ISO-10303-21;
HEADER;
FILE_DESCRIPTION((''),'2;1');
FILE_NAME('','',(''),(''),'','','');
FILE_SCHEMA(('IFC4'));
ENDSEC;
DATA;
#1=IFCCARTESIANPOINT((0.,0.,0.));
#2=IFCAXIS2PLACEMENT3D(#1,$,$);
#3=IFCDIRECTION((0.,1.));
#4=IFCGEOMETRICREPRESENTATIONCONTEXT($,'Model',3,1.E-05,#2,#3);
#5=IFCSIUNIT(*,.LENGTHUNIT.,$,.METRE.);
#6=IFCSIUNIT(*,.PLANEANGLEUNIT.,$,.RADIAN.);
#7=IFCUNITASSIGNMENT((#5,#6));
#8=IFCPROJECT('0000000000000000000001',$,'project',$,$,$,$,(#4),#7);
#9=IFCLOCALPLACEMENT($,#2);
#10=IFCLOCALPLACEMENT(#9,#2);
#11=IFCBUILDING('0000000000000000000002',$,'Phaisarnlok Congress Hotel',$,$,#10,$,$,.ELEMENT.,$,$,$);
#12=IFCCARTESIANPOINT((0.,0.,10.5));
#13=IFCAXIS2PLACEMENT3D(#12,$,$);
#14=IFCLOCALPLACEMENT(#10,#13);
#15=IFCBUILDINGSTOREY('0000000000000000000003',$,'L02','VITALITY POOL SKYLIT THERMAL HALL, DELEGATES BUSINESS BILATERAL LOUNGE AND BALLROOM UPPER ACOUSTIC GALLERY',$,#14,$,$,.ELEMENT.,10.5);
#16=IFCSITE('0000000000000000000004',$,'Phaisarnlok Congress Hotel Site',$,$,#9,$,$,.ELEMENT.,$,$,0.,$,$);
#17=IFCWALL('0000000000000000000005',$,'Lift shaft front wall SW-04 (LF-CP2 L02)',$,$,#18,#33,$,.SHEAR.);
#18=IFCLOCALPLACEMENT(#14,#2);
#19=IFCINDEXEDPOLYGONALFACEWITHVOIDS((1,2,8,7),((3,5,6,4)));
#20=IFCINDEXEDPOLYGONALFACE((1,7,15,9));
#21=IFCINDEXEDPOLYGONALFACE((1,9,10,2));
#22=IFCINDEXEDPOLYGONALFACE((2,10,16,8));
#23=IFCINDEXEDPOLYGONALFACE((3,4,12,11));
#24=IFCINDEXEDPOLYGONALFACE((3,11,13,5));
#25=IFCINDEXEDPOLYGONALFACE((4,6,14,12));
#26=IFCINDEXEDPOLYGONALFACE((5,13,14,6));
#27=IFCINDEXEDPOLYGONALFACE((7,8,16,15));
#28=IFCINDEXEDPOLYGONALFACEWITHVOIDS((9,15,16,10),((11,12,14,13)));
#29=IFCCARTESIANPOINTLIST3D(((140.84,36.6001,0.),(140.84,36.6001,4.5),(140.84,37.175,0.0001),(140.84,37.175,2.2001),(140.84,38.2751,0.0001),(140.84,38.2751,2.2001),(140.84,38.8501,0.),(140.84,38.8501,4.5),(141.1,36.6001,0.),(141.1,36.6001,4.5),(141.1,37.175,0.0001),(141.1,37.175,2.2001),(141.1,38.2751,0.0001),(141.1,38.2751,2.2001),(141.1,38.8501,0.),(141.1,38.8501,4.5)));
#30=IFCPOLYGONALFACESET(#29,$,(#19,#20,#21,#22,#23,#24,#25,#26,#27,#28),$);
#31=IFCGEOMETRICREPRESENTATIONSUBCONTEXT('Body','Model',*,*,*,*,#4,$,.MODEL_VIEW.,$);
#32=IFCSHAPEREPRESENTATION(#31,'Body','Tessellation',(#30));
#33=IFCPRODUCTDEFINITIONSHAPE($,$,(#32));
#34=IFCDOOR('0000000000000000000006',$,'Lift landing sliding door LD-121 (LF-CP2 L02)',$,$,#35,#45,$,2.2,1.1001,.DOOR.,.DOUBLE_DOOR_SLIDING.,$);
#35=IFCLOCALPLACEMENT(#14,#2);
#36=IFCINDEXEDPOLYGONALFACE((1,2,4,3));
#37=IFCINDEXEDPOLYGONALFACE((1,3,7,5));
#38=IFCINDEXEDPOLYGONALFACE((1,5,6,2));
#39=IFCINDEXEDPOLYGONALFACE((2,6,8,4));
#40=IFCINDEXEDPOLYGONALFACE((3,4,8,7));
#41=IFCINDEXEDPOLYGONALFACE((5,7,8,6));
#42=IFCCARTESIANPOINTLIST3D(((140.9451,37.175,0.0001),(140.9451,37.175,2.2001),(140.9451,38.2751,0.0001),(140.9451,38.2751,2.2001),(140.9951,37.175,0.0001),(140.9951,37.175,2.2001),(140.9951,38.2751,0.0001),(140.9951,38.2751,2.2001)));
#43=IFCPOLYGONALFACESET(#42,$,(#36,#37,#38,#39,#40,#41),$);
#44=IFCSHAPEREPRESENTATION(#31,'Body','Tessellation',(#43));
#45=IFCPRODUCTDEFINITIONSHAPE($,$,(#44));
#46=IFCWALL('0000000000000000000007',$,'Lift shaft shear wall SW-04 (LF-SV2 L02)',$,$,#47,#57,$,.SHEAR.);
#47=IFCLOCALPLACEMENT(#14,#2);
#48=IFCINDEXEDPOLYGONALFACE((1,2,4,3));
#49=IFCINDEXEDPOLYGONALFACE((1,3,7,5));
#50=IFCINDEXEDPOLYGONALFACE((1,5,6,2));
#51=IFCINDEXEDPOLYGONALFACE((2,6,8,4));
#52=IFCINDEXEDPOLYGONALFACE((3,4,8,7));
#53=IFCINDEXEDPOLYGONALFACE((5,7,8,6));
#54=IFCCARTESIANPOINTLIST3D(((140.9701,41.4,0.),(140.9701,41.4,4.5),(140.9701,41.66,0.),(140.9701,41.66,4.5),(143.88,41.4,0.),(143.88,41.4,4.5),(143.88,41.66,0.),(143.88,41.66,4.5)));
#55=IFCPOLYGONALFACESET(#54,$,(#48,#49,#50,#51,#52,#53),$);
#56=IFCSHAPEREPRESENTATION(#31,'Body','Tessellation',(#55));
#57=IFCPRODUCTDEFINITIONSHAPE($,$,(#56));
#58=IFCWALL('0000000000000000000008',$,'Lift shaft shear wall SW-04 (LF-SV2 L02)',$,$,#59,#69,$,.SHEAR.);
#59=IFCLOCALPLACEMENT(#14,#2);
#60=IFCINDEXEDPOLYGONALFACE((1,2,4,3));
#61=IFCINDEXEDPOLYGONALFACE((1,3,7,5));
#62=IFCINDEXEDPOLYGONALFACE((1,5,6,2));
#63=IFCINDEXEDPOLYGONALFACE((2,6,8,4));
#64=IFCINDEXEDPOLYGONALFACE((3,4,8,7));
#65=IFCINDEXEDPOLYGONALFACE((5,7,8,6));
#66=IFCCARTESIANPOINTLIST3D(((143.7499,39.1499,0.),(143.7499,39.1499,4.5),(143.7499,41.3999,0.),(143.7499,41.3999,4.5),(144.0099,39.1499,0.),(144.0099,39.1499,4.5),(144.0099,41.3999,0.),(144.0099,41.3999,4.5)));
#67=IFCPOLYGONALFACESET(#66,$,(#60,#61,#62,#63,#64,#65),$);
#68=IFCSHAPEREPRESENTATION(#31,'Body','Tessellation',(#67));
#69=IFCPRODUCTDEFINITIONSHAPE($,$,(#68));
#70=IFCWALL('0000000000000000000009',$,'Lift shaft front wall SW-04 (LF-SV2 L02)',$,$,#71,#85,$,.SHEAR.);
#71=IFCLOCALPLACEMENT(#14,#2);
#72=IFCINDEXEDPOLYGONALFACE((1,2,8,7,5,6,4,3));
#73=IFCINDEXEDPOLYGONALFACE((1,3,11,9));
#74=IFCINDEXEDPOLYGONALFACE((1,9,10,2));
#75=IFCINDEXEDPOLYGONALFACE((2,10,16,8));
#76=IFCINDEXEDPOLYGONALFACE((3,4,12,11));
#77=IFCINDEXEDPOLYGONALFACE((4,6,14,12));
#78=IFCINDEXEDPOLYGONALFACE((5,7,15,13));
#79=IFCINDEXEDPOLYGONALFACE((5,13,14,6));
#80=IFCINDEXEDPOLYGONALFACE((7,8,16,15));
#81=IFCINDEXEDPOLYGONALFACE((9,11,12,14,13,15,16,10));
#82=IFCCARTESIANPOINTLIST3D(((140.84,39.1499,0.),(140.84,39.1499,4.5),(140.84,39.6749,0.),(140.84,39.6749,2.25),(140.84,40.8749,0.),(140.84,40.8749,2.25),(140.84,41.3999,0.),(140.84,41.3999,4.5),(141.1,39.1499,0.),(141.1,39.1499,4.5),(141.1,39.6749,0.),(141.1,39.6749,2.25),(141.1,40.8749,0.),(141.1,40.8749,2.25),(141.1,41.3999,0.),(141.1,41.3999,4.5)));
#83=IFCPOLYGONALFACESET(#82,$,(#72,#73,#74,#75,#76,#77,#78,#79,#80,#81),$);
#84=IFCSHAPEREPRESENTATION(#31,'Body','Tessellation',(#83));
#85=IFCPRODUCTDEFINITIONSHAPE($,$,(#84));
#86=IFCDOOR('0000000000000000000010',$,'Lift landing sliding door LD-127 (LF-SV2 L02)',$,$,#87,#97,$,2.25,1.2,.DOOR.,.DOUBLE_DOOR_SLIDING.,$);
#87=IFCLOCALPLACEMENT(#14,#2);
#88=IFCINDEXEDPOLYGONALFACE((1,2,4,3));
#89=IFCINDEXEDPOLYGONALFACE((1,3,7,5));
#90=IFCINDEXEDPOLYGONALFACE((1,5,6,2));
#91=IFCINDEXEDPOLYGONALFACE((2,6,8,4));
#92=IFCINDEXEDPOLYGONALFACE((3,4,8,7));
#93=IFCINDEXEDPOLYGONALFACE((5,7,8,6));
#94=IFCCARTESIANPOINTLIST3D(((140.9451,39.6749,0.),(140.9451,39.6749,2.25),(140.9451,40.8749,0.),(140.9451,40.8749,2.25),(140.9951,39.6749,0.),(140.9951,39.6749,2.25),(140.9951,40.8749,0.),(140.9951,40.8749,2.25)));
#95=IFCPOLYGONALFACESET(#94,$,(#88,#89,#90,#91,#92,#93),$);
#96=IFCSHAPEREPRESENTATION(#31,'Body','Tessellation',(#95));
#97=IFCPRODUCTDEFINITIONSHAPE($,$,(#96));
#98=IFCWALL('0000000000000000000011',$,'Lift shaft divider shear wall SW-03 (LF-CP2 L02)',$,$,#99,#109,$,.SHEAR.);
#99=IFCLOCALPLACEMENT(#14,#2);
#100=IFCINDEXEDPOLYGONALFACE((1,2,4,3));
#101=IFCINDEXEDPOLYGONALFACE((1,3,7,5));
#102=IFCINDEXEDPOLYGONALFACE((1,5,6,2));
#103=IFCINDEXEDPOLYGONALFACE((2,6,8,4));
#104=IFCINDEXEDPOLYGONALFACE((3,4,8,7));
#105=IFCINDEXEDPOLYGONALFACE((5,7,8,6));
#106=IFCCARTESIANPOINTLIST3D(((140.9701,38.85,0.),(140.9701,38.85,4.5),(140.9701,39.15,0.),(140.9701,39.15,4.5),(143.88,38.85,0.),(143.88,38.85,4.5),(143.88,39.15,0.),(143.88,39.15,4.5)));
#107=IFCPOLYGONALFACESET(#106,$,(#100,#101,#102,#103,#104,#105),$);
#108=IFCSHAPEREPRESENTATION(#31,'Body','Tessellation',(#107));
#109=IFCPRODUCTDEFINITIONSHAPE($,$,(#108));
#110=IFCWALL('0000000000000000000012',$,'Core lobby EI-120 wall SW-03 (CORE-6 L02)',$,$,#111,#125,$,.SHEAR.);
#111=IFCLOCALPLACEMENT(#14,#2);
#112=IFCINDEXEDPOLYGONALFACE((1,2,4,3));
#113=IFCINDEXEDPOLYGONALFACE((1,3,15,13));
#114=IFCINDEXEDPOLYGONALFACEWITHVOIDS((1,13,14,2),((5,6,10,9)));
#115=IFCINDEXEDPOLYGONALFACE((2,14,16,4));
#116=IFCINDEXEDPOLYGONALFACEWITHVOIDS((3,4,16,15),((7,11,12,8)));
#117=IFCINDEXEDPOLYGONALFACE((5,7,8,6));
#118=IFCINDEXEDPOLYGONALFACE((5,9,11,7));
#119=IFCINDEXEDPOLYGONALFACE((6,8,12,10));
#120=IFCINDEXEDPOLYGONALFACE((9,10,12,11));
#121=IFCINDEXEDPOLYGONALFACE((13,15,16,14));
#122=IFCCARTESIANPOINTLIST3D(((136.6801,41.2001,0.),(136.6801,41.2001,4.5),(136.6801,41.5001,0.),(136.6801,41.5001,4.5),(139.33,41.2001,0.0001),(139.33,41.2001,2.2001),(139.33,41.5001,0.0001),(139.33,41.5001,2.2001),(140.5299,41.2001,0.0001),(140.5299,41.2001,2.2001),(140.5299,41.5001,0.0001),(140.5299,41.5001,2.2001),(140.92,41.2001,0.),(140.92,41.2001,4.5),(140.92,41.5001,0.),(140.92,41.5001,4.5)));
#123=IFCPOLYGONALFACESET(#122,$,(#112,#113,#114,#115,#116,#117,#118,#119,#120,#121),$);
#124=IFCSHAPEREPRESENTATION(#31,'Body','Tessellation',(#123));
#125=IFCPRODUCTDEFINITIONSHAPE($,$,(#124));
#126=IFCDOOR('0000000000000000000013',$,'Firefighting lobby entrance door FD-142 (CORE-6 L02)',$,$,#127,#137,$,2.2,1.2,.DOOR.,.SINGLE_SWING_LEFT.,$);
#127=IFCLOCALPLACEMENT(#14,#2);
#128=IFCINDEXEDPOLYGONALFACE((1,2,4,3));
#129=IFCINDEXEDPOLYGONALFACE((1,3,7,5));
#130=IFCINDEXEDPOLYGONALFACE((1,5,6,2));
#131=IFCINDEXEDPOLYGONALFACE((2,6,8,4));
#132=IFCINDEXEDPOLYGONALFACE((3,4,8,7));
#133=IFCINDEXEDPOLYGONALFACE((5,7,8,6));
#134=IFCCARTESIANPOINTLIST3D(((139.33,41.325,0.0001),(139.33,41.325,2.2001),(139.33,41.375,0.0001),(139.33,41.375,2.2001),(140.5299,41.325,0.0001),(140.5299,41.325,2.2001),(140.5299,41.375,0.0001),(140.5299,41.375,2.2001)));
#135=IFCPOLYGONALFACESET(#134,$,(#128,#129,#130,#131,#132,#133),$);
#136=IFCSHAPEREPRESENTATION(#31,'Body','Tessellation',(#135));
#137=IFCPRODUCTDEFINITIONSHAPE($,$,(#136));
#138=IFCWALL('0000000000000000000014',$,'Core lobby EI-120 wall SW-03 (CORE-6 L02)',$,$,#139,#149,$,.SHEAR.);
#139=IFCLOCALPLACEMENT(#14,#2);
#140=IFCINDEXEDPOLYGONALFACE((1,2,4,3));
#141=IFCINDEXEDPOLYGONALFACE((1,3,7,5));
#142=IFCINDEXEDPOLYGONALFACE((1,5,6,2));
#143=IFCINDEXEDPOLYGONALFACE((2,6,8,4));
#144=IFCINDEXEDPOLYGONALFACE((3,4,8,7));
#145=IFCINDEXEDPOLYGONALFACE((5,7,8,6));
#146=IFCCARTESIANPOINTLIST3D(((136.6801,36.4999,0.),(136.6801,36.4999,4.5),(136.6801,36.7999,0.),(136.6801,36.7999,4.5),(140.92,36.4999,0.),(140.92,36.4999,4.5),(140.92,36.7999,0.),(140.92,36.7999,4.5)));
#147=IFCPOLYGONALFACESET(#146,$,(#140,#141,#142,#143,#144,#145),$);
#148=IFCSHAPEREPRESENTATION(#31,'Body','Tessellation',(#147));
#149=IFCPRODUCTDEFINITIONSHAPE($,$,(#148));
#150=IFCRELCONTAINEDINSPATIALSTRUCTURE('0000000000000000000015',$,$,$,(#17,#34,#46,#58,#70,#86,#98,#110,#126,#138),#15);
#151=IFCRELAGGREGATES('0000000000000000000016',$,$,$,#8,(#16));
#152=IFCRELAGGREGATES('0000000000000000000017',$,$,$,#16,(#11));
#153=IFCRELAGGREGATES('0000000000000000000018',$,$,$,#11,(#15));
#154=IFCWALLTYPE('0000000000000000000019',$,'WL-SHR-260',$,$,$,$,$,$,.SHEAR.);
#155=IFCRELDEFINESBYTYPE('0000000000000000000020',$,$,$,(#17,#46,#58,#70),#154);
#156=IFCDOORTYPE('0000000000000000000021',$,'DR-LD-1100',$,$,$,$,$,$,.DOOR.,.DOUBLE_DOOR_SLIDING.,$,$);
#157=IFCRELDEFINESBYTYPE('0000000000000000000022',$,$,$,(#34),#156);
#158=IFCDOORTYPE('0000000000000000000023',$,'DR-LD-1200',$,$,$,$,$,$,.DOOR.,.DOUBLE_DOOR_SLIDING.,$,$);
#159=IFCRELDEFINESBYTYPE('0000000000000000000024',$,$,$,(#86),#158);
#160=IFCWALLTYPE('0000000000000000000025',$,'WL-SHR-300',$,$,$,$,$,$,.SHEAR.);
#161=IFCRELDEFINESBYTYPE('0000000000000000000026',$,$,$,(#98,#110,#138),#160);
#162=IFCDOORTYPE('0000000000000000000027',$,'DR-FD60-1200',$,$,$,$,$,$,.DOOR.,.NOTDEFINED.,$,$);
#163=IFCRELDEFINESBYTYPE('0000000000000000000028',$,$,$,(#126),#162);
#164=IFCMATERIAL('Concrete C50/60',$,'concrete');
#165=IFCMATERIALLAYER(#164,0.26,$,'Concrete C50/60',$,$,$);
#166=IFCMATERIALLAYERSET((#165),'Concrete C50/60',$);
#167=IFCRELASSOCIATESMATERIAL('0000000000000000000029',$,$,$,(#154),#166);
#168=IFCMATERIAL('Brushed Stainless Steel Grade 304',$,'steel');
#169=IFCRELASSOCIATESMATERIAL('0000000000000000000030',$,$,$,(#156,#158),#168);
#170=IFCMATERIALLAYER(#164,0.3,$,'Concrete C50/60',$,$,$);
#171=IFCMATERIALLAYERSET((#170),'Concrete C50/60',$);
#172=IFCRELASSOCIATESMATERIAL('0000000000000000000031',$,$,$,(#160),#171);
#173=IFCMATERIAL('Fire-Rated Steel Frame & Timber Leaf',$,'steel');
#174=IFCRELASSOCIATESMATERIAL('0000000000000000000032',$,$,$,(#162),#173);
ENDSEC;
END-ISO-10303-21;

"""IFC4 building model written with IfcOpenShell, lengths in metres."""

from ifc_helpers import new_model, si_unit, direction, frame, frame_2d, origin, place, context, subcontext, project, spatial, rectangle, extrude, material, layer, layer_set, type_object, element, fill, save


model = new_model("IFC4")

# Units and contexts
model_context = context("Model", 3, precision=1e-05, world=origin(), true_north=direction((0.0, 1.0)))
body_context = subcontext(model_context, "Body", "Model", "MODEL_VIEW")
ifc_project = project(units=[si_unit("LENGTHUNIT", "METRE"), si_unit("PLANEANGLEUNIT", "RADIAN")], contexts=[model_context])

# Site, building, storey
site_placement = place(None, origin())
site = spatial("IfcSite", under=ifc_project, at=site_placement, Name="Phaisarnlok Congress Hotel Site", CompositionType="ELEMENT", RefElevation=0.0)
building_placement = place(site_placement, origin())
building = spatial("IfcBuilding", under=site, at=building_placement, Name="Phaisarnlok Congress Hotel", CompositionType="ELEMENT")
storey_placement = place(building_placement, frame((0.0, 0.0, 10.5)))
storey = spatial("IfcBuildingStorey", under=building, at=storey_placement, Name="L02", Description="VITALITY POOL SKYLIT THERMAL HALL, DELEGATES BUSINESS BILATERAL LOUNGE AND BALLROOM UPPER ACOUSTIC GALLERY", CompositionType="ELEMENT", Elevation=10.5)

# Shared definitions
ifc_material_1 = material(Name="Concrete C50/60", Category="concrete")

# Shared definitions
ifc_layer_1 = layer(ifc_material_1, 0.26, Name="Concrete C50/60")
ifc_layer_set_1 = layer_set([ifc_layer_1], Name="Concrete C50/60")
wall_type_1 = type_object("IfcWallType", Name="WL-SHR-260", PredefinedType="SHEAR", material=ifc_layer_set_1)
ifc_material_2 = material(Name="Fire-Rated Steel Frame & Timber Leaf", Category="steel")

# Wall, opening, door
wall_1_placement = place(storey_placement, frame((140.97, 36.6001, 0.0), z_axis=(0.0, 0.0, 1.0), x_axis=(0.0, 1.0, 0.0)))
wall_1 = element("IfcWall", 1, at=wall_1_placement, inside=storey, type_object=wall_type_1, Name="Lift shaft front wall SW-04 (LF-CP2 L02)", PredefinedType="SHEAR", context=body_context, shape_type="SweptSolid", body=[
    extrude(rectangle(XDim=2.25, YDim=0.26, at=frame_2d((1.125, 0.0))), origin(), (0.0, 0.0, 1.0), 4.5),
])
opening_1_placement = place(wall_1_placement, frame((0.575, 0.0, 0.0)))
opening_1 = element("IfcOpeningElement", 2, at=opening_1_placement, cuts=wall_1, PredefinedType="OPENING", context=body_context, shape_type="SweptSolid", body=[
    extrude(rectangle(XDim=1.1001, YDim=2.2, at=frame_2d((0.55, 1.1001))), frame((0.0, 0.1401, 0.0), z_axis=(0.0, -1.0, 0.0), x_axis=(1.0, 0.0, 0.0)), (0.0, 0.0, 1.0), 0.28),
])
ifc_material_3 = material(Name="Brushed Stainless Steel Grade 304", Category="steel")
door_type_1 = type_object("IfcDoorType", Name="DR-LD-1100", OperationType="DOUBLE_DOOR_SLIDING", PredefinedType="DOOR", material=ifc_material_3)
door_1_placement = place(opening_1_placement, origin())
door_1 = element("IfcDoor", 3, at=door_1_placement, inside=storey, type_object=door_type_1, Name="Lift landing sliding door LD-121 (LF-CP2 L02)", OperationType="DOUBLE_DOOR_SLIDING", OverallHeight=2.2, OverallWidth=1.1001, PredefinedType="DOOR", context=body_context, shape_type="SweptSolid", body=[
    extrude(rectangle(XDim=1.1001, YDim=2.2, at=frame_2d((0.55, 1.1001))), frame((0.0, 0.0249, 0.0), z_axis=(0.0, -1.0, 0.0), x_axis=(1.0, 0.0, 0.0)), (0.0, 0.0, 1.0), 0.05),
])
fill(opening_1, door_1)

# Walls
wall_2_placement = place(storey_placement, frame((140.97, 41.53, 0.0), z_axis=(0.0, 0.0, 1.0), x_axis=(1.0, 0.0, 0.0)))
element("IfcWall", 4, at=wall_2_placement, inside=storey, type_object=wall_type_1, Name="Lift shaft shear wall SW-04 (LF-SV2 L02)", PredefinedType="SHEAR", context=body_context, shape_type="SweptSolid", body=[
    extrude(rectangle(XDim=2.9099, YDim=0.26, at=frame_2d((1.4551, 0.0))), origin(), (0.0, 0.0, 1.0), 4.5),
])
wall_3_placement = place(storey_placement, frame((143.8799, 39.1499, 0.0), z_axis=(0.0, 0.0, 1.0), x_axis=(0.0, 1.0, 0.0)))
element("IfcWall", 5, at=wall_3_placement, inside=storey, type_object=wall_type_1, Name="Lift shaft shear wall SW-04 (LF-SV2 L02)", PredefinedType="SHEAR", context=body_context, shape_type="SweptSolid", body=[
    extrude(rectangle(XDim=2.25, YDim=0.26, at=frame_2d((1.125, 0.0))), origin(), (0.0, 0.0, 1.0), 4.5),
])

# Wall, opening, door
wall_4_placement = place(storey_placement, frame((140.97, 39.1499, 0.0), z_axis=(0.0, 0.0, 1.0), x_axis=(0.0, 1.0, 0.0)))
wall_4 = element("IfcWall", 6, at=wall_4_placement, inside=storey, type_object=wall_type_1, Name="Lift shaft front wall SW-04 (LF-SV2 L02)", PredefinedType="SHEAR", context=body_context, shape_type="SweptSolid", body=[
    extrude(rectangle(XDim=2.25, YDim=0.26, at=frame_2d((1.125, 0.0))), origin(), (0.0, 0.0, 1.0), 4.5),
])
opening_2_placement = place(wall_4_placement, frame((0.5249, 0.0, 0.0)))
opening_2 = element("IfcOpeningElement", 7, at=opening_2_placement, cuts=wall_4, PredefinedType="OPENING", context=body_context, shape_type="SweptSolid", body=[
    extrude(rectangle(XDim=1.2, YDim=2.25, at=frame_2d((0.6001, 1.125))), frame((0.0, 0.1401, 0.0), z_axis=(0.0, -1.0, 0.0), x_axis=(1.0, 0.0, 0.0)), (0.0, 0.0, 1.0), 0.28),
])
door_type_2 = type_object("IfcDoorType", Name="DR-LD-1200", OperationType="DOUBLE_DOOR_SLIDING", PredefinedType="DOOR", material=ifc_material_3)
door_2_placement = place(opening_2_placement, origin())
door_2 = element("IfcDoor", 8, at=door_2_placement, inside=storey, type_object=door_type_2, Name="Lift landing sliding door LD-127 (LF-SV2 L02)", OperationType="DOUBLE_DOOR_SLIDING", OverallHeight=2.25, OverallWidth=1.2, PredefinedType="DOOR", context=body_context, shape_type="SweptSolid", body=[
    extrude(rectangle(XDim=1.2, YDim=2.25, at=frame_2d((0.6001, 1.125))), frame((0.0, 0.0249, 0.0), z_axis=(0.0, -1.0, 0.0), x_axis=(1.0, 0.0, 0.0)), (0.0, 0.0, 1.0), 0.05),
])
fill(opening_2, door_2)

# Wall
ifc_layer_2 = layer(ifc_material_1, 0.3, Name="Concrete C50/60")
ifc_layer_set_2 = layer_set([ifc_layer_2], Name="Concrete C50/60")
wall_type_2 = type_object("IfcWallType", Name="WL-SHR-300", PredefinedType="SHEAR", material=ifc_layer_set_2)
wall_5_placement = place(storey_placement, frame((140.97, 39.0, 0.0), z_axis=(0.0, 0.0, 1.0), x_axis=(1.0, 0.0, 0.0)))
element("IfcWall", 9, at=wall_5_placement, inside=storey, type_object=wall_type_2, Name="Lift shaft divider shear wall SW-03 (LF-CP2 L02)", PredefinedType="SHEAR", context=body_context, shape_type="SweptSolid", body=[
    extrude(rectangle(XDim=2.9099, YDim=0.3, at=frame_2d((1.4551, 0.0))), origin(), (0.0, 0.0, 1.0), 4.5),
])

# Wall, opening, door
wall_6_placement = place(storey_placement, frame((136.6799, 41.3501, 0.0), z_axis=(0.0, 0.0, 1.0), x_axis=(1.0, 0.0, 0.0)))
wall_6 = element("IfcWall", 10, at=wall_6_placement, inside=storey, type_object=wall_type_2, Name="Core lobby EI-120 wall SW-03 (CORE-6 L02)", PredefinedType="SHEAR", context=body_context, shape_type="SweptSolid", body=[
    extrude(rectangle(XDim=4.24, YDim=0.3, at=frame_2d((2.1201, 0.0))), origin(), (0.0, 0.0, 1.0), 4.5),
])
opening_3_placement = place(wall_6_placement, frame((2.6499, 0.0, 0.0)))
opening_3 = element("IfcOpeningElement", 11, at=opening_3_placement, cuts=wall_6, PredefinedType="OPENING", context=body_context, shape_type="SweptSolid", body=[
    extrude(rectangle(XDim=1.2, YDim=2.2, at=frame_2d((0.6001, 1.1001))), frame((0.0, 0.1602, 0.0), z_axis=(0.0, -1.0, 0.0), x_axis=(1.0, 0.0, 0.0)), (0.0, 0.0, 1.0), 0.3201),
])
door_type_3 = type_object("IfcDoorType", Name="DR-FD60-1200", OperationType="NOTDEFINED", PredefinedType="DOOR", material=ifc_material_2)
door_3_placement = place(opening_3_placement, origin())
door_3 = element("IfcDoor", 12, at=door_3_placement, inside=storey, type_object=door_type_3, Name="Firefighting lobby entrance door FD-142 (CORE-6 L02)", OperationType="SINGLE_SWING_LEFT", OverallHeight=2.2, OverallWidth=1.2, PredefinedType="DOOR", context=body_context, shape_type="SweptSolid", body=[
    extrude(rectangle(XDim=1.2, YDim=2.2, at=frame_2d((0.6001, 1.1001))), frame((0.0, 0.0249, 0.0), z_axis=(0.0, -1.0, 0.0), x_axis=(1.0, 0.0, 0.0)), (0.0, 0.0, 1.0), 0.05),
])
fill(opening_3, door_3)

# Wall
wall_7_placement = place(storey_placement, frame((136.6799, 36.6499, 0.0), z_axis=(0.0, 0.0, 1.0), x_axis=(1.0, 0.0, 0.0)))
element("IfcWall", 13, at=wall_7_placement, inside=storey, type_object=wall_type_2, Name="Core lobby EI-120 wall SW-03 (CORE-6 L02)", PredefinedType="SHEAR", context=body_context, shape_type="SweptSolid", body=[
    extrude(rectangle(XDim=4.24, YDim=0.3, at=frame_2d((2.1201, 0.0))), origin(), (0.0, 0.0, 1.0), 4.5),
])

save(model, "model.ifc")
